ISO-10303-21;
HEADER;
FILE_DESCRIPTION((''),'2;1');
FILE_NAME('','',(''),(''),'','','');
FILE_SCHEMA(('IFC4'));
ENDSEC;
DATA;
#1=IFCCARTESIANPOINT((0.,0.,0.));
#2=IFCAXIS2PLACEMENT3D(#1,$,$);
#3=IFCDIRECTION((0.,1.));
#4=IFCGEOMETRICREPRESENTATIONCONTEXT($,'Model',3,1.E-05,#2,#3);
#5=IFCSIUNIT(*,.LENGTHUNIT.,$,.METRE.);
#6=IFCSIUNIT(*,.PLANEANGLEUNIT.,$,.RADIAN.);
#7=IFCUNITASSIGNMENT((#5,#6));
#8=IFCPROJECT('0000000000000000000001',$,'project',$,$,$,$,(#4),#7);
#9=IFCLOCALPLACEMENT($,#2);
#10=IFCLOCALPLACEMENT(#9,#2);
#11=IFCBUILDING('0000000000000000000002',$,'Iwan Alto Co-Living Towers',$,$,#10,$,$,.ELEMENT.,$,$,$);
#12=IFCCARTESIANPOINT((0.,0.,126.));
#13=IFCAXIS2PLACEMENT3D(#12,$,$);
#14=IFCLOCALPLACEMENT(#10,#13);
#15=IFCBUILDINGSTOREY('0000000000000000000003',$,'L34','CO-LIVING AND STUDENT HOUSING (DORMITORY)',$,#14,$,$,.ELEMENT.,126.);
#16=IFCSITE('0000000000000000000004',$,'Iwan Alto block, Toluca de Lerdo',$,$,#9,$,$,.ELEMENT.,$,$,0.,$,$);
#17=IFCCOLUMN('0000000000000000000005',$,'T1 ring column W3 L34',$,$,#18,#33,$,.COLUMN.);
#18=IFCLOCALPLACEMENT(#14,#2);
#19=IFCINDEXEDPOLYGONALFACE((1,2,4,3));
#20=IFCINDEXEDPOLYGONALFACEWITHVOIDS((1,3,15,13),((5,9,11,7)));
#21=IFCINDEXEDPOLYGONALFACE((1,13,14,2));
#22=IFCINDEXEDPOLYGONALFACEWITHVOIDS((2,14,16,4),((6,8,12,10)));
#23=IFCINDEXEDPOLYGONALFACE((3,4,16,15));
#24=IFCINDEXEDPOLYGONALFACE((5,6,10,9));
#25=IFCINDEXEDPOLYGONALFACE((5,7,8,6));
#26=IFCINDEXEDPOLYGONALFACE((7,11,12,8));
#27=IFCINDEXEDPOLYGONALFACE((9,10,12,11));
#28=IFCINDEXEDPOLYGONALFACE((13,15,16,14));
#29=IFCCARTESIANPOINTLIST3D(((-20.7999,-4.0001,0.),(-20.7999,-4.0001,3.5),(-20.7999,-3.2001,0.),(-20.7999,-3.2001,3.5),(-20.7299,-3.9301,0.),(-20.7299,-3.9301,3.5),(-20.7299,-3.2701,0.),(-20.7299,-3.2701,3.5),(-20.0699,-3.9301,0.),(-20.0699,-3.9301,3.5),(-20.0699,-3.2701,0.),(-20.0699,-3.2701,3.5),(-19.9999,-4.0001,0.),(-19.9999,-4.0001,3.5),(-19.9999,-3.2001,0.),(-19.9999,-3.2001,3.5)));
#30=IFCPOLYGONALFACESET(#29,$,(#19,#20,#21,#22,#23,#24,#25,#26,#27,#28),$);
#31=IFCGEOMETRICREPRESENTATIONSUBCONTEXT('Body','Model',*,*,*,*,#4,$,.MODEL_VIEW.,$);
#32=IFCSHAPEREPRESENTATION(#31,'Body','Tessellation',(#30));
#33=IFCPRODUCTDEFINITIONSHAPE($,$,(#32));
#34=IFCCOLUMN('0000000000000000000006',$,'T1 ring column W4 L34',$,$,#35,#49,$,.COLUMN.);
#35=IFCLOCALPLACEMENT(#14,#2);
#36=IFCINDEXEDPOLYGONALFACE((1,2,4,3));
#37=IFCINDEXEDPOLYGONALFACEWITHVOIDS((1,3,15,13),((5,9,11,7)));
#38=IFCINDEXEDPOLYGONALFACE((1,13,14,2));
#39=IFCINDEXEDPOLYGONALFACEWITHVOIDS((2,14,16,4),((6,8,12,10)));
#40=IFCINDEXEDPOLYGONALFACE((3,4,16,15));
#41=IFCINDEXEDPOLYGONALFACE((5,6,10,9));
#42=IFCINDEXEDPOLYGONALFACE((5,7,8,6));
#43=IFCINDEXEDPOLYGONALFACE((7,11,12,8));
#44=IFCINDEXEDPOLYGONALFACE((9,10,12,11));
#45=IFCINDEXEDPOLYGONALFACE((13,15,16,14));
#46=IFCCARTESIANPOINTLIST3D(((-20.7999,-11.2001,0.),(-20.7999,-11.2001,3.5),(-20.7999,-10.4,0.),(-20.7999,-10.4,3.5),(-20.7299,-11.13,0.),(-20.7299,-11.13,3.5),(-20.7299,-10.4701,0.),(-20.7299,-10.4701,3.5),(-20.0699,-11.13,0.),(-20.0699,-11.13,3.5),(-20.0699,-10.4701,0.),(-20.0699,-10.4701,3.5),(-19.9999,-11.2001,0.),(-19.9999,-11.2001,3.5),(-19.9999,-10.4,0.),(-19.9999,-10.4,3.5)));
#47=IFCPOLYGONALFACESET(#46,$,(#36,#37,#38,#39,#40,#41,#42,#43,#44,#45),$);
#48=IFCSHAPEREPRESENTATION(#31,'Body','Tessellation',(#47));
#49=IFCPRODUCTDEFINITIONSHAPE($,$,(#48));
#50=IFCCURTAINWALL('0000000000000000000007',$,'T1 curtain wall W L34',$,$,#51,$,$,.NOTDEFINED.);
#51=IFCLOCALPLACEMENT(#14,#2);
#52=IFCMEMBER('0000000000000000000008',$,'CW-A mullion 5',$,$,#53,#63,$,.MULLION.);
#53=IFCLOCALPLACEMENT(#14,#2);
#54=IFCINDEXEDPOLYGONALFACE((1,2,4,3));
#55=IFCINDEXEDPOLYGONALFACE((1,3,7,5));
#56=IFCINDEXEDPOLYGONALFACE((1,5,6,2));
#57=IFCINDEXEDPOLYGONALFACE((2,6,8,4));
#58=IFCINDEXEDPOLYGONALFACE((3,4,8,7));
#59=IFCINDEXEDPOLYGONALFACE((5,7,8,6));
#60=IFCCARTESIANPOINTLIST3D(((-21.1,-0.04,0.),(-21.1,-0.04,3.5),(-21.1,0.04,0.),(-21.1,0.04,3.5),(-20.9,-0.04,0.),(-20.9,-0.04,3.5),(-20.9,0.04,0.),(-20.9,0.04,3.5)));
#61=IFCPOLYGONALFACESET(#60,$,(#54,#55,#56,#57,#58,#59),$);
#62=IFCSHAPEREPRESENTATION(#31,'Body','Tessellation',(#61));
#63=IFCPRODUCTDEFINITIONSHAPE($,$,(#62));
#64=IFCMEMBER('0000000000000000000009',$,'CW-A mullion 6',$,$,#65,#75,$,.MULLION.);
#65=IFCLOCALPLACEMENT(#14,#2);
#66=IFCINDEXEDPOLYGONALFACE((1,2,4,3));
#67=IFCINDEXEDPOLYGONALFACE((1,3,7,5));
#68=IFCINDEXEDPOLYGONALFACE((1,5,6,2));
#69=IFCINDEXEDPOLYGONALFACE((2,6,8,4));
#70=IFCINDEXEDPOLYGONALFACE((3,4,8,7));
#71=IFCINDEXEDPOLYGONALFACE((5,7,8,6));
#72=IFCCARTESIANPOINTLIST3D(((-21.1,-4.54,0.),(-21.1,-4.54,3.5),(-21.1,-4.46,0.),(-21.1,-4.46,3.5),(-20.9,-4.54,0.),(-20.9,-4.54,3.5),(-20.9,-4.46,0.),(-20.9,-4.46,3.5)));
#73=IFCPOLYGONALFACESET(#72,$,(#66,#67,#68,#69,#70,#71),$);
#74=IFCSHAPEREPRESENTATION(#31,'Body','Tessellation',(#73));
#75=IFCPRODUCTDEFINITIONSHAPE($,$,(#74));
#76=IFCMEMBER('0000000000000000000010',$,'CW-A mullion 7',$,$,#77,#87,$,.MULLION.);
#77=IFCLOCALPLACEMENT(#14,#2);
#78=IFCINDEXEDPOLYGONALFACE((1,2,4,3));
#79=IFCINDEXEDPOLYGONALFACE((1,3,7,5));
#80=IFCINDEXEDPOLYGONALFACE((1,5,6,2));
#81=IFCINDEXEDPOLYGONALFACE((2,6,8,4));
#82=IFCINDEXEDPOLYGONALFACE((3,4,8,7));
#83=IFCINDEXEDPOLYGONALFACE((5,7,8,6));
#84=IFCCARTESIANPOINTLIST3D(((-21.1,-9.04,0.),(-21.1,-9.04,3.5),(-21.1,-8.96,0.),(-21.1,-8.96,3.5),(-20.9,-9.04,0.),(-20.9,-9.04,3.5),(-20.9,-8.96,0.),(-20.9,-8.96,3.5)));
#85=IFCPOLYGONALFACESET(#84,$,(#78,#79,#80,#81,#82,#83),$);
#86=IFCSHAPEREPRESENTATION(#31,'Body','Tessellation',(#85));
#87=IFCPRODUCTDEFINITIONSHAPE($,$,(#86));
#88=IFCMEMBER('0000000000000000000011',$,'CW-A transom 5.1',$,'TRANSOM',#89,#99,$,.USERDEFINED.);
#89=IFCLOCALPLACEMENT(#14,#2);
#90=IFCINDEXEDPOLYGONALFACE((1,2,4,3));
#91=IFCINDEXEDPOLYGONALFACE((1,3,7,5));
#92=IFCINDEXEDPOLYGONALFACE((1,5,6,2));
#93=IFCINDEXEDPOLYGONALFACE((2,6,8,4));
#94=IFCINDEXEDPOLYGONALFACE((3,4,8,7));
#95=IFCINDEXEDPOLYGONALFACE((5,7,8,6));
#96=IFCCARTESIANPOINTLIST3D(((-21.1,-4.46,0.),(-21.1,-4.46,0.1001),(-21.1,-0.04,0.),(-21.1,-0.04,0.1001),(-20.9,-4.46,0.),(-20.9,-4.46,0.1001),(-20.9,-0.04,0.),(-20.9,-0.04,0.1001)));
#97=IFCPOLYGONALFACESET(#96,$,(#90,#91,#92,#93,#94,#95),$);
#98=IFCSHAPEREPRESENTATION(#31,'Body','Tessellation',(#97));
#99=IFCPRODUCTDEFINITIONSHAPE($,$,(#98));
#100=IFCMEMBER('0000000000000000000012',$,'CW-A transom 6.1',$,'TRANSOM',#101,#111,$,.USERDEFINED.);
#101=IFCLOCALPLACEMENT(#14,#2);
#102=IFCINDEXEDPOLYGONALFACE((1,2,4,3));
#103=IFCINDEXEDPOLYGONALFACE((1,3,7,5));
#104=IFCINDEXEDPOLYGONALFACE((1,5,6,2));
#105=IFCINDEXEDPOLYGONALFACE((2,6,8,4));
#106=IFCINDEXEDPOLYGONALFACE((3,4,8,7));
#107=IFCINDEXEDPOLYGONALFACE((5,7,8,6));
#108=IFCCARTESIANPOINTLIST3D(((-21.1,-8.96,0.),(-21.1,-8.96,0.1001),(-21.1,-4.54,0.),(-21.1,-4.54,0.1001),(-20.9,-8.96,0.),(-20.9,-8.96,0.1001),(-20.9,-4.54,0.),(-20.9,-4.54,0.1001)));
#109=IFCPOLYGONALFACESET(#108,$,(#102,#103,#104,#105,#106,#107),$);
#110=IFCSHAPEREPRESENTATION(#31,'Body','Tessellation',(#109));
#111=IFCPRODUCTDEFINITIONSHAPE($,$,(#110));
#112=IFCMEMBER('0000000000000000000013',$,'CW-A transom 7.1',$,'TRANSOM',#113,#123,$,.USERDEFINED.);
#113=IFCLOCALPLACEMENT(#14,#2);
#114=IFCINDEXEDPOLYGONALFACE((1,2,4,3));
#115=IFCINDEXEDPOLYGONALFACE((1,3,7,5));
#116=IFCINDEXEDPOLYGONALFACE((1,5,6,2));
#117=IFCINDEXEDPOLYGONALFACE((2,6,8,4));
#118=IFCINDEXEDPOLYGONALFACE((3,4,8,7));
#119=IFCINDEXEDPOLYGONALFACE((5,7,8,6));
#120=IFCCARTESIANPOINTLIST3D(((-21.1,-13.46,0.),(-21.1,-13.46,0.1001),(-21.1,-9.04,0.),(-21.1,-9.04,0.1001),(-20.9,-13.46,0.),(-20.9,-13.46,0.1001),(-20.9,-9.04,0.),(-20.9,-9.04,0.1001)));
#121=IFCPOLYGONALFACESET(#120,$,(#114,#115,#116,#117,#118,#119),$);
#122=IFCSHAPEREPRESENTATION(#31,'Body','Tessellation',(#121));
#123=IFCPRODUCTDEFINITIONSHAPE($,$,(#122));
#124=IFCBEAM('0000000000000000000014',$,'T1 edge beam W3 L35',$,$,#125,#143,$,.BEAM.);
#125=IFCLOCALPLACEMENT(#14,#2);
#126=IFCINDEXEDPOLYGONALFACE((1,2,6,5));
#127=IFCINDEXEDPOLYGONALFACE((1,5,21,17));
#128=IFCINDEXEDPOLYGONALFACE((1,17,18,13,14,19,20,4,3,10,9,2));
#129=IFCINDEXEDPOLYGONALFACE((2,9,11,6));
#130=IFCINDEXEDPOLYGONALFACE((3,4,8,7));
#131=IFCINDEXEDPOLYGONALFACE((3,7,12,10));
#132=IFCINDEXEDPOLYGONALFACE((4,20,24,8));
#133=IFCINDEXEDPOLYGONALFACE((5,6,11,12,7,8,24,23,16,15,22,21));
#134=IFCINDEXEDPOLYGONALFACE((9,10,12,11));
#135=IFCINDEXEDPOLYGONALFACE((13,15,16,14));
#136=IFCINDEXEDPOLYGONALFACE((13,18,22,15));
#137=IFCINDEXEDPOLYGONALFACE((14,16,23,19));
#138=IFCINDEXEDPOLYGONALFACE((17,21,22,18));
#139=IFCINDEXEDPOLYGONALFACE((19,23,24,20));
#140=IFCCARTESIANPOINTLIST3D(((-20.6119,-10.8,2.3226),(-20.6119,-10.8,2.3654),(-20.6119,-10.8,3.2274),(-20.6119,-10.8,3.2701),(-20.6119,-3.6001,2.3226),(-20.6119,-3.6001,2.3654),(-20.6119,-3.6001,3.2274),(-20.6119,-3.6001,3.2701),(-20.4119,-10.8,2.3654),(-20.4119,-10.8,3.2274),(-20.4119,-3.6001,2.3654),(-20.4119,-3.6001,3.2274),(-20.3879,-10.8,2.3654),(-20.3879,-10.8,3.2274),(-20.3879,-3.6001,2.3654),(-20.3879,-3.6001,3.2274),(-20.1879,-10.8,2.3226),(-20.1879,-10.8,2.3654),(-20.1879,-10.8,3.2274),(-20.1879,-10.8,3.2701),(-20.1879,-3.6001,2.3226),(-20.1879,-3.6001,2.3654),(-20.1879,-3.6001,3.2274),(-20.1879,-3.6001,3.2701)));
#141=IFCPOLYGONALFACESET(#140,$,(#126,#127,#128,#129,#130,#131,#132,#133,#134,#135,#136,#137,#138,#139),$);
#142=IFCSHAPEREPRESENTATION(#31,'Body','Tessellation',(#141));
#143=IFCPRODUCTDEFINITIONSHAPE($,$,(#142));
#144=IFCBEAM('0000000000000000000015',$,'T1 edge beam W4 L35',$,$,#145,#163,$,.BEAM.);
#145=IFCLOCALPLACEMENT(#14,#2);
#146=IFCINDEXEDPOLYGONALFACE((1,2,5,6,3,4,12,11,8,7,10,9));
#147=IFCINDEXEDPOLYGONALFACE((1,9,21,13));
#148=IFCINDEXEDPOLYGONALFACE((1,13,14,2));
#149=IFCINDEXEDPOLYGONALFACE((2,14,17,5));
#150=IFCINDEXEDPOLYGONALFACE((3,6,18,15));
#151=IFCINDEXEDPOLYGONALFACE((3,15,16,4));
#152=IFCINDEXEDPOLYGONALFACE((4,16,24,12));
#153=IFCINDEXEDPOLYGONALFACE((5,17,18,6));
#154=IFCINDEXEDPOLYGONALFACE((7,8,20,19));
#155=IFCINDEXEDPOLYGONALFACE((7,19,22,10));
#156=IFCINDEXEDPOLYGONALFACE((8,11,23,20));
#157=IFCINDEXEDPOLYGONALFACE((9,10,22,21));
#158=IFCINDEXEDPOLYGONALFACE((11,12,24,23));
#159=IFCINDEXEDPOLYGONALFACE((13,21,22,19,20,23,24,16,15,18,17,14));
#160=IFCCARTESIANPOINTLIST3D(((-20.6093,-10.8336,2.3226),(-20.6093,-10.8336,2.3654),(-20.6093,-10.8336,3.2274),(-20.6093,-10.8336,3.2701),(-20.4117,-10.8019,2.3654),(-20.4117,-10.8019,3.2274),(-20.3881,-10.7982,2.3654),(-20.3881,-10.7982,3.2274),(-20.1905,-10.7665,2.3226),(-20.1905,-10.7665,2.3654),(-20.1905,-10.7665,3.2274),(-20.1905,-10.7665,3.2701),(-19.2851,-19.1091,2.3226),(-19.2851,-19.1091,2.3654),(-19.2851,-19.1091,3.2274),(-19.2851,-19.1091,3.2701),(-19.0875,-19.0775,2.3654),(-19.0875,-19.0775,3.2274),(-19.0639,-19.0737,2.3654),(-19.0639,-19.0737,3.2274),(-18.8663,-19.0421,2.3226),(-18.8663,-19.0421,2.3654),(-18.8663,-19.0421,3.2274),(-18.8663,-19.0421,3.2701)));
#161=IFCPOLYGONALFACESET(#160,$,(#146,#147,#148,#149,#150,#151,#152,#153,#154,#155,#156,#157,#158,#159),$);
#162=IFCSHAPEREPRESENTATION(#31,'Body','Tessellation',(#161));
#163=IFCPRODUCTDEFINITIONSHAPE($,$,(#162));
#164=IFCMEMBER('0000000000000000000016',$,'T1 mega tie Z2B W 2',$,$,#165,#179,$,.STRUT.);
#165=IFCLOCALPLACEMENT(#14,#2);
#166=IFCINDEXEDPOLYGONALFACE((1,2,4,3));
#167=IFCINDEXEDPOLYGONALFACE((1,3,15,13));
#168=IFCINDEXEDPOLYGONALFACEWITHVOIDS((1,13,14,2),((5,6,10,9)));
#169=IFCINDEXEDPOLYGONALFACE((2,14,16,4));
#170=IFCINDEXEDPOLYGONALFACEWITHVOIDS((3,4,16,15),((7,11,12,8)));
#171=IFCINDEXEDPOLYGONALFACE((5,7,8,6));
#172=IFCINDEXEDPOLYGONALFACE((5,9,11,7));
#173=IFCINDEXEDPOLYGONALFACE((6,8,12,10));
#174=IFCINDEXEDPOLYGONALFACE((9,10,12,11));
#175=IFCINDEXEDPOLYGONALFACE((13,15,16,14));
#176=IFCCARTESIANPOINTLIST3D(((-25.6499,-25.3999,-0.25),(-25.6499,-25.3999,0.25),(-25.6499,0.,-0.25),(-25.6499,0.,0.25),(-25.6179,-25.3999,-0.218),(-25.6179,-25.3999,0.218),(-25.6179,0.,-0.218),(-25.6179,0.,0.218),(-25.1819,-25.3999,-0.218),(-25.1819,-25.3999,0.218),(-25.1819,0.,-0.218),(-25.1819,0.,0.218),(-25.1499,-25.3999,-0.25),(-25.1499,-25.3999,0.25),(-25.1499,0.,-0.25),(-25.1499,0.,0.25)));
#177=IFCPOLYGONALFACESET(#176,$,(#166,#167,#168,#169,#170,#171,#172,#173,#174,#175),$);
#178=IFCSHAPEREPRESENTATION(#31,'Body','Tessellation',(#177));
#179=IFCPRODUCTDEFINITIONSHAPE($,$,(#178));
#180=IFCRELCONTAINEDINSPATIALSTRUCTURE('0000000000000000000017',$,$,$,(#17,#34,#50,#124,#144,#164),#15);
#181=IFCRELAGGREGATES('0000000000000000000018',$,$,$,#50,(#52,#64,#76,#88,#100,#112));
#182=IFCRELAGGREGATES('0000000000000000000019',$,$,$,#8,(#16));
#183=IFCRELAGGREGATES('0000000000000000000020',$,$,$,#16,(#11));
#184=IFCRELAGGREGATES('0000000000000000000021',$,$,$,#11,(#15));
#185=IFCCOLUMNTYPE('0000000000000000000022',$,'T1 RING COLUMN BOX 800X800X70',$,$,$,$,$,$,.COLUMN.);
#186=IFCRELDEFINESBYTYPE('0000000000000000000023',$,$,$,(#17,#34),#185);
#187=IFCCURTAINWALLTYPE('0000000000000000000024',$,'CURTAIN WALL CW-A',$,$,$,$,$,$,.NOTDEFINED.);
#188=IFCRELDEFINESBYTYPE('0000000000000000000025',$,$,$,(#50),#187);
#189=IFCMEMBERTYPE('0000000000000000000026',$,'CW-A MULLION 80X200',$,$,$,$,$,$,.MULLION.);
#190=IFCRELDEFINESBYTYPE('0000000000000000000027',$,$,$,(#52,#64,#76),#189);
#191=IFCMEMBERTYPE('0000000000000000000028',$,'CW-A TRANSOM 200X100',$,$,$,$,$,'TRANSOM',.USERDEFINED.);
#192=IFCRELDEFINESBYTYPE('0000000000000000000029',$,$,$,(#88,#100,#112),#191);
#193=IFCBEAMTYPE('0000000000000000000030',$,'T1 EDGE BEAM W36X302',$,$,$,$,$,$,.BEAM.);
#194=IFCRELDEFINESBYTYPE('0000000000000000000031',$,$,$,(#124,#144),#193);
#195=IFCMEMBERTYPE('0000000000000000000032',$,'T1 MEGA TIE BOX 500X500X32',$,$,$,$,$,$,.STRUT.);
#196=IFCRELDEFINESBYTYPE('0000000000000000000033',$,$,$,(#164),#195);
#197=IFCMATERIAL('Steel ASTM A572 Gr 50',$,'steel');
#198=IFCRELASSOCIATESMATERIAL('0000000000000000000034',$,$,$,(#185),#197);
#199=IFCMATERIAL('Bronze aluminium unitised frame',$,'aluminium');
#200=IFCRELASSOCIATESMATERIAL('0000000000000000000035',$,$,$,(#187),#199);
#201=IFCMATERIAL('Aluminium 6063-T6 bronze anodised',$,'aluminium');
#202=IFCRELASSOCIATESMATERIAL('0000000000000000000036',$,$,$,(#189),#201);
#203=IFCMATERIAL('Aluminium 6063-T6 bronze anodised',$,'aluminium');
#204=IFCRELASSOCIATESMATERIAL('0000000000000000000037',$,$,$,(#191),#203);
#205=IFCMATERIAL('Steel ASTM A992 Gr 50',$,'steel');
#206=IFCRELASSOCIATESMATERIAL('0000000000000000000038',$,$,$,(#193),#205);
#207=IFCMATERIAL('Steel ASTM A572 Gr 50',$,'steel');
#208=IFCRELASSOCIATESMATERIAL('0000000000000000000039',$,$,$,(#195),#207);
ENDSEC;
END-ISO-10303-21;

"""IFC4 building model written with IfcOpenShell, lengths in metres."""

from ifc_helpers import new_model, si_unit, direction, frame, origin, origin_2d, place, context, subcontext, project, spatial, rectangle, hollow_rectangle, i_section, extrude, material, material_profile, profile_set, type_object, element, aggregate, save


model = new_model("IFC4")

# Units and contexts
model_context = context("Model", 3, precision=1e-05, world=origin(), true_north=direction((0.0, 1.0)))
body_context = subcontext(model_context, "Body", "Model", "MODEL_VIEW")
ifc_project = project(units=[si_unit("LENGTHUNIT", "METRE"), si_unit("PLANEANGLEUNIT", "RADIAN")], contexts=[model_context])

# Site, building, storey
site_placement = place(None, origin())
site = spatial("IfcSite", under=ifc_project, at=site_placement, Name="Iwan Alto block, Toluca de Lerdo", CompositionType="ELEMENT", RefElevation=0.0)
building_placement = place(site_placement, origin())
building = spatial("IfcBuilding", under=site, at=building_placement, Name="Iwan Alto Co-Living Towers", CompositionType="ELEMENT")
storey_placement = place(building_placement, frame((0.0, 0.0, 126.0)))
storey = spatial("IfcBuildingStorey", under=building, at=storey_placement, Name="L34", Description="CO-LIVING AND STUDENT HOUSING (DORMITORY)", CompositionType="ELEMENT", Elevation=126.0)

# Columns
ifc_material_1 = material(Name="Steel ASTM A572 Gr 50", Category="steel")
ifc_material_profile_1 = material_profile(ifc_material_1, hollow_rectangle(XDim=0.8, YDim=0.8, WallThickness=0.0701, at=origin_2d()), Name="BOX 800X800X70")
ifc_profile_set_1 = profile_set([ifc_material_profile_1], Name="Steel ASTM A572 Gr 50")
column_type = type_object("IfcColumnType", Name="T1 RING COLUMN BOX 800X800X70", PredefinedType="COLUMN", material=ifc_profile_set_1)
for number, where, z_axis, x_axis, name in (
    (1, (-20.3999, -3.6001, 0.0), (0.0, 0.0, 1.0), (1.0, 0.0, 0.0), "T1 ring column W3 L34"),
    (2, (-20.3999, -10.8, 0.0), (0.0, 0.0, 1.0), (1.0, 0.0, 0.0), "T1 ring column W4 L34"),
):
    element("IfcColumn", number, at=place(storey_placement, frame(where, z_axis=z_axis, x_axis=x_axis)), inside=storey, type_object=column_type, Name=name, PredefinedType="COLUMN", context=body_context, shape_type="SweptSolid", body=[
        extrude(hollow_rectangle(XDim=0.8, YDim=0.8, WallThickness=0.0701, at=origin_2d()), origin(), (0.0, 0.0, 1.0), 3.5),
    ])

# Curtain wall, members
ifc_material_2 = material(Name="Bronze aluminium unitised frame", Category="aluminium")
curtain_wall_type = type_object("IfcCurtainWallType", Name="CURTAIN WALL CW-A", PredefinedType="NOTDEFINED", material=ifc_material_2)
curtain_wall_placement = place(storey_placement, origin())
curtain_wall = element("IfcCurtainWall", 3, at=curtain_wall_placement, inside=storey, type_object=curtain_wall_type, Name="T1 curtain wall W L34", PredefinedType="NOTDEFINED")
ifc_material_3 = material(Name="Aluminium 6063-T6 bronze anodised", Category="aluminium")
ifc_material_profile_2 = material_profile(ifc_material_3, rectangle(XDim=0.2, YDim=0.0801, at=origin_2d()), Name="AL 80X200")
ifc_profile_set_2 = profile_set([ifc_material_profile_2], Name="Aluminium 6063-T6 bronze anodised")
member_type_1 = type_object("IfcMemberType", Name="CW-A MULLION 80X200", PredefinedType="MULLION", material=ifc_profile_set_2)
member_1_placement = place(storey_placement, frame((-21.0, 0.0, 0.0), z_axis=(0.0, 0.0, 1.0), x_axis=(1.0, 0.0, 0.0)))
member_1 = element("IfcMember", 4, at=member_1_placement, type_object=member_type_1, Name="CW-A mullion 5", PredefinedType="MULLION", context=body_context, shape_type="SweptSolid", body=[
    extrude(rectangle(XDim=0.2, YDim=0.0801, at=origin_2d()), origin(), (0.0, 0.0, 1.0), 3.5),
])
member_2_placement = place(storey_placement, frame((-21.0, -4.5, 0.0), z_axis=(0.0, 0.0, 1.0), x_axis=(1.0, 0.0, 0.0)))
member_2 = element("IfcMember", 5, at=member_2_placement, type_object=member_type_1, Name="CW-A mullion 6", PredefinedType="MULLION", context=body_context, shape_type="SweptSolid", body=[
    extrude(rectangle(XDim=0.2, YDim=0.0801, at=origin_2d()), origin(), (0.0, 0.0, 1.0), 3.5),
])
member_3_placement = place(storey_placement, frame((-21.0, -9.0, 0.0), z_axis=(0.0, 0.0, 1.0), x_axis=(1.0, 0.0, 0.0)))
member_3 = element("IfcMember", 6, at=member_3_placement, type_object=member_type_1, Name="CW-A mullion 7", PredefinedType="MULLION", context=body_context, shape_type="SweptSolid", body=[
    extrude(rectangle(XDim=0.2, YDim=0.0801, at=origin_2d()), origin(), (0.0, 0.0, 1.0), 3.5),
])
ifc_material_4 = material(Name="Aluminium 6063-T6 bronze anodised", Category="aluminium")
ifc_material_profile_3 = material_profile(ifc_material_4, rectangle(XDim=0.2, YDim=0.1001, at=origin_2d()), Name="AL 200X100")
ifc_profile_set_3 = profile_set([ifc_material_profile_3], Name="Aluminium 6063-T6 bronze anodised")
member_type_2 = type_object("IfcMemberType", Name="CW-A TRANSOM 200X100", ElementType="TRANSOM", PredefinedType="USERDEFINED", material=ifc_profile_set_3)
member_4_placement = place(storey_placement, frame((-21.0, -0.04, 0.05), z_axis=(0.0, -1.0, 0.0), x_axis=(1.0, 0.0, 0.0)))
member_4 = element("IfcMember", 7, at=member_4_placement, type_object=member_type_2, Name="CW-A transom 5.1", ObjectType="TRANSOM", PredefinedType="USERDEFINED", context=body_context, shape_type="SweptSolid", body=[
    extrude(rectangle(XDim=0.2, YDim=0.1001, at=origin_2d()), origin(), (0.0, 0.0, 1.0), 4.4199),
])
member_5_placement = place(storey_placement, frame((-21.0, -4.54, 0.05), z_axis=(0.0, -1.0, 0.0), x_axis=(1.0, 0.0, 0.0)))
member_5 = element("IfcMember", 8, at=member_5_placement, type_object=member_type_2, Name="CW-A transom 6.1", ObjectType="TRANSOM", PredefinedType="USERDEFINED", context=body_context, shape_type="SweptSolid", body=[
    extrude(rectangle(XDim=0.2, YDim=0.1001, at=origin_2d()), origin(), (0.0, 0.0, 1.0), 4.4199),
])
member_6_placement = place(storey_placement, frame((-21.0, -9.04, 0.05), z_axis=(0.0, -1.0, 0.0), x_axis=(1.0, 0.0, 0.0)))
member_6 = element("IfcMember", 9, at=member_6_placement, type_object=member_type_2, Name="CW-A transom 7.1", ObjectType="TRANSOM", PredefinedType="USERDEFINED", context=body_context, shape_type="SweptSolid", body=[
    extrude(rectangle(XDim=0.2, YDim=0.1001, at=origin_2d()), origin(), (0.0, 0.0, 1.0), 4.4199),
])

# Beams
ifc_material_5 = material(Name="Steel ASTM A992 Gr 50", Category="steel")
ifc_material_profile_4 = material_profile(ifc_material_5, i_section(OverallWidth=0.4241, OverallDepth=0.9475, WebThickness=0.0239, FlangeThickness=0.0427, at=origin_2d()), Name="W36X302")
ifc_profile_set_4 = profile_set([ifc_material_profile_4], Name="Steel ASTM A992 Gr 50")
beam_type_1 = type_object("IfcBeamType", Name="T1 EDGE BEAM W36X302", PredefinedType="BEAM", material=ifc_profile_set_4)
beam_1_placement = place(storey_placement, frame((-20.3999, -3.6001, 2.7964), z_axis=(0.0, -1.0, 0.0), x_axis=(1.0, 0.0, 0.0)))
element("IfcBeam", 10, at=beam_1_placement, inside=storey, type_object=beam_type_1, Name="T1 edge beam W3 L35", PredefinedType="BEAM", context=body_context, shape_type="SweptSolid", body=[
    extrude(i_section(OverallWidth=0.4241, OverallDepth=0.9475, WebThickness=0.0239, FlangeThickness=0.0427, at=origin_2d()), origin(), (0.0, 0.0, 1.0), 7.2),
])
beam_2_placement = place(storey_placement, frame((-20.3999, -10.8, 2.7964), z_axis=(0.158004, -0.987438, 0.0), x_axis=(0.987438, 0.158004, 0.0)))
element("IfcBeam", 11, at=beam_2_placement, inside=storey, type_object=beam_type_1, Name="T1 edge beam W4 L35", PredefinedType="BEAM", context=body_context, shape_type="SweptSolid", body=[
    extrude(i_section(OverallWidth=0.4241, OverallDepth=0.9475, WebThickness=0.0239, FlangeThickness=0.0427, at=origin_2d()), origin(), (0.0, 0.0, 1.0), 8.3809),
])

# Member
ifc_material_6 = material(Name="Steel ASTM A572 Gr 50", Category="steel")
ifc_material_profile_5 = material_profile(ifc_material_6, hollow_rectangle(XDim=0.5, YDim=0.5, WallThickness=0.032, at=origin_2d()), Name="BOX 500X500X32")
ifc_profile_set_5 = profile_set([ifc_material_profile_5], Name="Steel ASTM A572 Gr 50")
member_type_3 = type_object("IfcMemberType", Name="T1 MEGA TIE BOX 500X500X32", PredefinedType="STRUT", material=ifc_profile_set_5)
member_7_placement = place(storey_placement, frame((-25.3999, 0.0, 0.0), z_axis=(0.0, -1.0, 0.0), x_axis=(1.0, 0.0, 0.0)))
element("IfcMember", 12, at=member_7_placement, inside=storey, type_object=member_type_3, Name="T1 mega tie Z2B W 2", PredefinedType="STRUT", context=body_context, shape_type="SweptSolid", body=[
    extrude(hollow_rectangle(XDim=0.5, YDim=0.5, WallThickness=0.032, at=origin_2d()), origin(), (0.0, 0.0, 1.0), 25.3999),
])

aggregate(curtain_wall, [member_1, member_2, member_3, member_4, member_5, member_6])

save(model, "model.ifc")
